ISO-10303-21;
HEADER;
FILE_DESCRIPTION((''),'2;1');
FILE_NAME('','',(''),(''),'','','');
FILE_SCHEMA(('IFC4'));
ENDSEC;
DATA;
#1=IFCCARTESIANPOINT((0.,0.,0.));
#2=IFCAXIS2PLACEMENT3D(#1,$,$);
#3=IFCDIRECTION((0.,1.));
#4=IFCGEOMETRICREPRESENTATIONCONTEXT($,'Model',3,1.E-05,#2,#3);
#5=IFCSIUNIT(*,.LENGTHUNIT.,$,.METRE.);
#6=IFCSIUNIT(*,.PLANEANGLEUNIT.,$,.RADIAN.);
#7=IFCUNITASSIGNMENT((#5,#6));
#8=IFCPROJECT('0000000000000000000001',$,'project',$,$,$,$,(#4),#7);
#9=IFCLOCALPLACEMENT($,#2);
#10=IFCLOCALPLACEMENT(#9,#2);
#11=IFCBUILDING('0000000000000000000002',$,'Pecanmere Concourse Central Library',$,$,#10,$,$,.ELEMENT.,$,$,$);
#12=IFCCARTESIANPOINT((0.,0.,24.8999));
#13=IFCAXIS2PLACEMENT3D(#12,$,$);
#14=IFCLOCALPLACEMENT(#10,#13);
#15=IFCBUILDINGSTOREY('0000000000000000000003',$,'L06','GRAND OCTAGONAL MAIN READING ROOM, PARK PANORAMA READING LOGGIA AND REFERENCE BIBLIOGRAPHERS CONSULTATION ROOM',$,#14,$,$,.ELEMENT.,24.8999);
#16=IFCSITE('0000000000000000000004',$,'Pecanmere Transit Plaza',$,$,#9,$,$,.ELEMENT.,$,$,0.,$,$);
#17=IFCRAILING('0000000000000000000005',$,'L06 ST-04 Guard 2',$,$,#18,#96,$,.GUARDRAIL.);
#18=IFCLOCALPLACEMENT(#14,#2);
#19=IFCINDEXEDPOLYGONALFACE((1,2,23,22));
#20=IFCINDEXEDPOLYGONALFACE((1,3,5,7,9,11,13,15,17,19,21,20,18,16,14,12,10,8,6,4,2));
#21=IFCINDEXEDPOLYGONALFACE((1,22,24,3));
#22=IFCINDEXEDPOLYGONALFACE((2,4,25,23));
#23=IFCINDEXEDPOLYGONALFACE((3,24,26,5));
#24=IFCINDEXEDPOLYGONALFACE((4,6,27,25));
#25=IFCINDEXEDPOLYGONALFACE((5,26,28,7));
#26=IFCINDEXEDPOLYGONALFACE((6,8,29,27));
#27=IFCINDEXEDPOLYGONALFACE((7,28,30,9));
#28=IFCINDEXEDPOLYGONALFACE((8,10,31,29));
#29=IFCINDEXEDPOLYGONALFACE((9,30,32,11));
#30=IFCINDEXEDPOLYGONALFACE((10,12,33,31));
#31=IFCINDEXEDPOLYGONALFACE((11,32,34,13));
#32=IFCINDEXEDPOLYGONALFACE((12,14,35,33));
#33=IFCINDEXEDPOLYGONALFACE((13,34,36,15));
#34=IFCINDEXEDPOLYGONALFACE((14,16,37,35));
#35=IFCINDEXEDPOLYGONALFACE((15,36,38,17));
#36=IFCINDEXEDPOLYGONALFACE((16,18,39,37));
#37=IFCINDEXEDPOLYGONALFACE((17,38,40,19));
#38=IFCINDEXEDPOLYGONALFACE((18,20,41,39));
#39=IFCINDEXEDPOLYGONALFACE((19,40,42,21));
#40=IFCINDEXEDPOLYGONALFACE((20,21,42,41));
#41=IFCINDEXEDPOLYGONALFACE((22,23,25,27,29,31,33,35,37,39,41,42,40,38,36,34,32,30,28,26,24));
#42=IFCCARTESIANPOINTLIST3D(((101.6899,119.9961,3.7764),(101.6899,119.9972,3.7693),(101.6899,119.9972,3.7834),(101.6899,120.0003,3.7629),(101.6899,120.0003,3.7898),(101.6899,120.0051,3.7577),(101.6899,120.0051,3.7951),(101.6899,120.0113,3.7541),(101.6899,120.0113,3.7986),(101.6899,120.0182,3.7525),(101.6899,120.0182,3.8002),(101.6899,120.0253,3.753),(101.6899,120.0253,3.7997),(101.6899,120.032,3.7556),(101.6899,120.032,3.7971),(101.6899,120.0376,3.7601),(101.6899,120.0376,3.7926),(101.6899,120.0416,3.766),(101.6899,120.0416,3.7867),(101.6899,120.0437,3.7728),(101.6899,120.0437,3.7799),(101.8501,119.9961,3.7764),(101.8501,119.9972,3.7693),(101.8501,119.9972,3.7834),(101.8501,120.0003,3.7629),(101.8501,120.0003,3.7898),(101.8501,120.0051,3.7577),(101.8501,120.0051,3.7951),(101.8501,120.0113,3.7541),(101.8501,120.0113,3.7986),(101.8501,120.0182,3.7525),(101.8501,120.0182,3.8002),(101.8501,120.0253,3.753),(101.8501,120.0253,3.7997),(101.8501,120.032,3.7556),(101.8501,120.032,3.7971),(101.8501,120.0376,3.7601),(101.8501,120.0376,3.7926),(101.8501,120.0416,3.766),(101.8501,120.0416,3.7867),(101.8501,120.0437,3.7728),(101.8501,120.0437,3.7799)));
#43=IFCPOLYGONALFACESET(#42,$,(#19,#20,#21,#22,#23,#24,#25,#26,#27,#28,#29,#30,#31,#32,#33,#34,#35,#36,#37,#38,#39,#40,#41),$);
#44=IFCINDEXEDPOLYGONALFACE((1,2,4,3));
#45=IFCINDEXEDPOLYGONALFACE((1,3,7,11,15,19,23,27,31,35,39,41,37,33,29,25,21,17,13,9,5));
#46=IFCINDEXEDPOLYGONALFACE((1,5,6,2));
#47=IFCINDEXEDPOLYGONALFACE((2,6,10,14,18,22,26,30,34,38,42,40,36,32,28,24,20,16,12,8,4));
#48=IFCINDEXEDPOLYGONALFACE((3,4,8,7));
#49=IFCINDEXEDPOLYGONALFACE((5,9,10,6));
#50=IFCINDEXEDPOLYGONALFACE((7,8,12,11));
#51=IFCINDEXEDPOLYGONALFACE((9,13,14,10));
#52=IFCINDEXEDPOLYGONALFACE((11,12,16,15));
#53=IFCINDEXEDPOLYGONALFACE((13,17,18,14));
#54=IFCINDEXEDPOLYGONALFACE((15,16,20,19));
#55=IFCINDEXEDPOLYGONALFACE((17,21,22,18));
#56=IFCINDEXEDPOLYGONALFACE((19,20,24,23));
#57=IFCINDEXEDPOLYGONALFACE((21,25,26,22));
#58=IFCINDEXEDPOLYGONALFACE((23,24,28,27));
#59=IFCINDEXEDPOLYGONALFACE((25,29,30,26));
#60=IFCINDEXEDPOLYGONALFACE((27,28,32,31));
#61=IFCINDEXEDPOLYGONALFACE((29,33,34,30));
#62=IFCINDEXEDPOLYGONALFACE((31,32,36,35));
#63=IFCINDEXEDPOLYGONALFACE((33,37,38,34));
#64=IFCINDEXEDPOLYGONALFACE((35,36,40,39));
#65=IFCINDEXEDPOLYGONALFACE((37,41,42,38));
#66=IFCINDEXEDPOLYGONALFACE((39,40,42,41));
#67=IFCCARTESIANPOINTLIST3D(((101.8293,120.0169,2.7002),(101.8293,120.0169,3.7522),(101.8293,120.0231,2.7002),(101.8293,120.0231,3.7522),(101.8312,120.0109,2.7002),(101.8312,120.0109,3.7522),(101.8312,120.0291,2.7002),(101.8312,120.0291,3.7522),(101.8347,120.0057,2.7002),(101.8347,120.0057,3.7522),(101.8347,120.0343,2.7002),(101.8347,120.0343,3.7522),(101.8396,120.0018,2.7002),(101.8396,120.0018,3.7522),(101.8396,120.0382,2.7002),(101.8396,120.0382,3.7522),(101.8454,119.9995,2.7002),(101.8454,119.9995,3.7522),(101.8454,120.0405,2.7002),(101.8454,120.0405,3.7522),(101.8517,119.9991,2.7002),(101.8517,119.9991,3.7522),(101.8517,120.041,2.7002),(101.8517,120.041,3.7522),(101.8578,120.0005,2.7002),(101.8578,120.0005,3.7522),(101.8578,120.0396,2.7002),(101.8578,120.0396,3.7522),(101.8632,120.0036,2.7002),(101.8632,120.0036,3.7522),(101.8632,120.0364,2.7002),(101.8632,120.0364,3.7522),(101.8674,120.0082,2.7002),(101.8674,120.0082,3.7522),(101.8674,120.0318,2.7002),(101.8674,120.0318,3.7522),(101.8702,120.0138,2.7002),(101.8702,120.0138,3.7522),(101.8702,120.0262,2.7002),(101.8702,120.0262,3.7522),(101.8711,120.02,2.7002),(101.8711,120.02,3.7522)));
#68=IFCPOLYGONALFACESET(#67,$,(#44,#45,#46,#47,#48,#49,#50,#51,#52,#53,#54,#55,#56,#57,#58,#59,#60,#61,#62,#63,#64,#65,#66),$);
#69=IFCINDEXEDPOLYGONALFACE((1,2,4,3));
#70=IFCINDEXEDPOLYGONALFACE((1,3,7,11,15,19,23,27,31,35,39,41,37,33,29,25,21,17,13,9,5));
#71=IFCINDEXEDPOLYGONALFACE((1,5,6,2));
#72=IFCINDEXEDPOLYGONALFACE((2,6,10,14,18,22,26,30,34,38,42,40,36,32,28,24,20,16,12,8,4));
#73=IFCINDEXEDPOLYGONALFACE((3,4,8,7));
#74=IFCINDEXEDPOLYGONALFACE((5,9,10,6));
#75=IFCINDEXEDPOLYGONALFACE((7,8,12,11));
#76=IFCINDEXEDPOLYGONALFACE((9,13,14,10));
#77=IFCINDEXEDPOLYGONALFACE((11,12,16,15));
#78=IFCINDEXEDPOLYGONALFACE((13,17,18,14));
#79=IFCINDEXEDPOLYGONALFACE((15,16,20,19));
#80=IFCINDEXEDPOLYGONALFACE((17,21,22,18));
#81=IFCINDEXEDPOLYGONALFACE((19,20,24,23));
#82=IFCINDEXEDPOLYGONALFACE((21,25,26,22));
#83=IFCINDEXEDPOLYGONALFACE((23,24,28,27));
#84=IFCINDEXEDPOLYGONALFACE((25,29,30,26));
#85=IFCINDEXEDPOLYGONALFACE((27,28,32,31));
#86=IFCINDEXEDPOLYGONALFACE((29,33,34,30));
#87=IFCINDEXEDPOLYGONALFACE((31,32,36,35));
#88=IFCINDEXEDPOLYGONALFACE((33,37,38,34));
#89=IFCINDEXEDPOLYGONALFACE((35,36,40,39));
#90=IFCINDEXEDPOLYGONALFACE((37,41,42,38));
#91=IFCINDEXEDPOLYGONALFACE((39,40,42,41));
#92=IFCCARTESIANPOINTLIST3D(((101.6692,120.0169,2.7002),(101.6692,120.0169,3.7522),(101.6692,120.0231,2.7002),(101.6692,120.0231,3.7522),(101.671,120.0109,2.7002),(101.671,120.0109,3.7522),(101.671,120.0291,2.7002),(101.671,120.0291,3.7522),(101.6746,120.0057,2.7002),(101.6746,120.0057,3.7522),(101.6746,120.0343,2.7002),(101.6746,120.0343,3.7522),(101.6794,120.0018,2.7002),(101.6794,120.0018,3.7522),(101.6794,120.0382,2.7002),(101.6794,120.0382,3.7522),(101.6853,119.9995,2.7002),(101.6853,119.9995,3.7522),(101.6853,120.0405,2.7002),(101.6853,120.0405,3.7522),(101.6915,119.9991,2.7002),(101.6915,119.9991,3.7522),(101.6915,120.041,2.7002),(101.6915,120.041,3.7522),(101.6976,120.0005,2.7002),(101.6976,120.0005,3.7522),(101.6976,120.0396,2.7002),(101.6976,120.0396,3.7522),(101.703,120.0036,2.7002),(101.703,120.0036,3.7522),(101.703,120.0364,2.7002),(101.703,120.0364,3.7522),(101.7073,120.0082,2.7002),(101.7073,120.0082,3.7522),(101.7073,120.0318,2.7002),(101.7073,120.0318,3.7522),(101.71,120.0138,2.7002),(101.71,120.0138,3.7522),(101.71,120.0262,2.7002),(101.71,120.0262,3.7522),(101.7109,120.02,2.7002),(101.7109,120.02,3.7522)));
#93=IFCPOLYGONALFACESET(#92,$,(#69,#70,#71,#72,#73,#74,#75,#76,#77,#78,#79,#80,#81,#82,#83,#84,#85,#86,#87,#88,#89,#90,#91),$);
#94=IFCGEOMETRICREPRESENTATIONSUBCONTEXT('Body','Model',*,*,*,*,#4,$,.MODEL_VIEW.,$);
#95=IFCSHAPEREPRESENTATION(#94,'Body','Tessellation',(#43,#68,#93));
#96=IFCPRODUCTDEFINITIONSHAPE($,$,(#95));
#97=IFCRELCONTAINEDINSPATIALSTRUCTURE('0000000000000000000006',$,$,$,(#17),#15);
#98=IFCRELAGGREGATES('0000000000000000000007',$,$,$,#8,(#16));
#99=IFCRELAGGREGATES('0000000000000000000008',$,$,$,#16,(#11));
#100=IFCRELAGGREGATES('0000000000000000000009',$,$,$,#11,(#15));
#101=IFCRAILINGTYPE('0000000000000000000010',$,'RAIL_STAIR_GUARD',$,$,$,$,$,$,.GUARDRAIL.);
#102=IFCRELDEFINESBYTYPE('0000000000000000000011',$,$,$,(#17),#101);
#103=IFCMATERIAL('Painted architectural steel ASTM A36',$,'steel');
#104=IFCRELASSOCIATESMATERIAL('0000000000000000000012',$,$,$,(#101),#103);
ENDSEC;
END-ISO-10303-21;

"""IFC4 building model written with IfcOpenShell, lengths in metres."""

from ifc_helpers import new_model, si_unit, direction, frame, origin, origin_2d, place, context, subcontext, project, spatial, circle, extrude, material, type_object, element, save


model = new_model("IFC4")

# Units and contexts
model_context = context("Model", 3, precision=1e-05, world=origin(), true_north=direction((0.0, 1.0)))
body_context = subcontext(model_context, "Body", "Model", "MODEL_VIEW")
ifc_project = project(units=[si_unit("LENGTHUNIT", "METRE"), si_unit("PLANEANGLEUNIT", "RADIAN")], contexts=[model_context])

# Site, building, storey
site_placement = place(None, origin())
site = spatial("IfcSite", under=ifc_project, at=site_placement, Name="Pecanmere Transit Plaza", CompositionType="ELEMENT", RefElevation=0.0)
building_placement = place(site_placement, origin())
building = spatial("IfcBuilding", under=site, at=building_placement, Name="Pecanmere Concourse Central Library", CompositionType="ELEMENT")
storey_placement = place(building_placement, frame((0.0, 0.0, 24.8999)))
storey = spatial("IfcBuildingStorey", under=building, at=storey_placement, Name="L06", Description="GRAND OCTAGONAL MAIN READING ROOM, PARK PANORAMA READING LOGGIA AND REFERENCE BIBLIOGRAPHERS CONSULTATION ROOM", CompositionType="ELEMENT", Elevation=24.8999)

# Railing
ifc_material_1 = material(Name="Painted architectural steel ASTM A36", Category="steel")
railing_type = type_object("IfcRailingType", Name="RAIL_STAIR_GUARD", PredefinedType="GUARDRAIL", material=ifc_material_1)
railing_placement = place(storey_placement, frame((101.8501, 120.02, 2.7002)))
element("IfcRailing", 1, at=railing_placement, inside=storey, type_object=railing_type, Name="L06 ST-04 Guard 2", PredefinedType="GUARDRAIL", context=body_context, shape_type="SweptSolid", body=[
    extrude(circle(Radius=0.0239, at=origin_2d()), frame((0.0, 0.0, 1.0762), z_axis=(-1.0, 0.0, 0.0), x_axis=(0.0, -1.0, 0.0)), (0.0, 0.0, 1.0), 0.1602),
    extrude(circle(Radius=0.021, at=origin_2d()), origin(), (0.0, 0.0, 1.0), 1.052),
    extrude(circle(Radius=0.021, at=origin_2d()), frame((-0.1602, 0.0, 0.0)), (0.0, 0.0, 1.0), 1.052),
])

save(model, "model.ifc")
